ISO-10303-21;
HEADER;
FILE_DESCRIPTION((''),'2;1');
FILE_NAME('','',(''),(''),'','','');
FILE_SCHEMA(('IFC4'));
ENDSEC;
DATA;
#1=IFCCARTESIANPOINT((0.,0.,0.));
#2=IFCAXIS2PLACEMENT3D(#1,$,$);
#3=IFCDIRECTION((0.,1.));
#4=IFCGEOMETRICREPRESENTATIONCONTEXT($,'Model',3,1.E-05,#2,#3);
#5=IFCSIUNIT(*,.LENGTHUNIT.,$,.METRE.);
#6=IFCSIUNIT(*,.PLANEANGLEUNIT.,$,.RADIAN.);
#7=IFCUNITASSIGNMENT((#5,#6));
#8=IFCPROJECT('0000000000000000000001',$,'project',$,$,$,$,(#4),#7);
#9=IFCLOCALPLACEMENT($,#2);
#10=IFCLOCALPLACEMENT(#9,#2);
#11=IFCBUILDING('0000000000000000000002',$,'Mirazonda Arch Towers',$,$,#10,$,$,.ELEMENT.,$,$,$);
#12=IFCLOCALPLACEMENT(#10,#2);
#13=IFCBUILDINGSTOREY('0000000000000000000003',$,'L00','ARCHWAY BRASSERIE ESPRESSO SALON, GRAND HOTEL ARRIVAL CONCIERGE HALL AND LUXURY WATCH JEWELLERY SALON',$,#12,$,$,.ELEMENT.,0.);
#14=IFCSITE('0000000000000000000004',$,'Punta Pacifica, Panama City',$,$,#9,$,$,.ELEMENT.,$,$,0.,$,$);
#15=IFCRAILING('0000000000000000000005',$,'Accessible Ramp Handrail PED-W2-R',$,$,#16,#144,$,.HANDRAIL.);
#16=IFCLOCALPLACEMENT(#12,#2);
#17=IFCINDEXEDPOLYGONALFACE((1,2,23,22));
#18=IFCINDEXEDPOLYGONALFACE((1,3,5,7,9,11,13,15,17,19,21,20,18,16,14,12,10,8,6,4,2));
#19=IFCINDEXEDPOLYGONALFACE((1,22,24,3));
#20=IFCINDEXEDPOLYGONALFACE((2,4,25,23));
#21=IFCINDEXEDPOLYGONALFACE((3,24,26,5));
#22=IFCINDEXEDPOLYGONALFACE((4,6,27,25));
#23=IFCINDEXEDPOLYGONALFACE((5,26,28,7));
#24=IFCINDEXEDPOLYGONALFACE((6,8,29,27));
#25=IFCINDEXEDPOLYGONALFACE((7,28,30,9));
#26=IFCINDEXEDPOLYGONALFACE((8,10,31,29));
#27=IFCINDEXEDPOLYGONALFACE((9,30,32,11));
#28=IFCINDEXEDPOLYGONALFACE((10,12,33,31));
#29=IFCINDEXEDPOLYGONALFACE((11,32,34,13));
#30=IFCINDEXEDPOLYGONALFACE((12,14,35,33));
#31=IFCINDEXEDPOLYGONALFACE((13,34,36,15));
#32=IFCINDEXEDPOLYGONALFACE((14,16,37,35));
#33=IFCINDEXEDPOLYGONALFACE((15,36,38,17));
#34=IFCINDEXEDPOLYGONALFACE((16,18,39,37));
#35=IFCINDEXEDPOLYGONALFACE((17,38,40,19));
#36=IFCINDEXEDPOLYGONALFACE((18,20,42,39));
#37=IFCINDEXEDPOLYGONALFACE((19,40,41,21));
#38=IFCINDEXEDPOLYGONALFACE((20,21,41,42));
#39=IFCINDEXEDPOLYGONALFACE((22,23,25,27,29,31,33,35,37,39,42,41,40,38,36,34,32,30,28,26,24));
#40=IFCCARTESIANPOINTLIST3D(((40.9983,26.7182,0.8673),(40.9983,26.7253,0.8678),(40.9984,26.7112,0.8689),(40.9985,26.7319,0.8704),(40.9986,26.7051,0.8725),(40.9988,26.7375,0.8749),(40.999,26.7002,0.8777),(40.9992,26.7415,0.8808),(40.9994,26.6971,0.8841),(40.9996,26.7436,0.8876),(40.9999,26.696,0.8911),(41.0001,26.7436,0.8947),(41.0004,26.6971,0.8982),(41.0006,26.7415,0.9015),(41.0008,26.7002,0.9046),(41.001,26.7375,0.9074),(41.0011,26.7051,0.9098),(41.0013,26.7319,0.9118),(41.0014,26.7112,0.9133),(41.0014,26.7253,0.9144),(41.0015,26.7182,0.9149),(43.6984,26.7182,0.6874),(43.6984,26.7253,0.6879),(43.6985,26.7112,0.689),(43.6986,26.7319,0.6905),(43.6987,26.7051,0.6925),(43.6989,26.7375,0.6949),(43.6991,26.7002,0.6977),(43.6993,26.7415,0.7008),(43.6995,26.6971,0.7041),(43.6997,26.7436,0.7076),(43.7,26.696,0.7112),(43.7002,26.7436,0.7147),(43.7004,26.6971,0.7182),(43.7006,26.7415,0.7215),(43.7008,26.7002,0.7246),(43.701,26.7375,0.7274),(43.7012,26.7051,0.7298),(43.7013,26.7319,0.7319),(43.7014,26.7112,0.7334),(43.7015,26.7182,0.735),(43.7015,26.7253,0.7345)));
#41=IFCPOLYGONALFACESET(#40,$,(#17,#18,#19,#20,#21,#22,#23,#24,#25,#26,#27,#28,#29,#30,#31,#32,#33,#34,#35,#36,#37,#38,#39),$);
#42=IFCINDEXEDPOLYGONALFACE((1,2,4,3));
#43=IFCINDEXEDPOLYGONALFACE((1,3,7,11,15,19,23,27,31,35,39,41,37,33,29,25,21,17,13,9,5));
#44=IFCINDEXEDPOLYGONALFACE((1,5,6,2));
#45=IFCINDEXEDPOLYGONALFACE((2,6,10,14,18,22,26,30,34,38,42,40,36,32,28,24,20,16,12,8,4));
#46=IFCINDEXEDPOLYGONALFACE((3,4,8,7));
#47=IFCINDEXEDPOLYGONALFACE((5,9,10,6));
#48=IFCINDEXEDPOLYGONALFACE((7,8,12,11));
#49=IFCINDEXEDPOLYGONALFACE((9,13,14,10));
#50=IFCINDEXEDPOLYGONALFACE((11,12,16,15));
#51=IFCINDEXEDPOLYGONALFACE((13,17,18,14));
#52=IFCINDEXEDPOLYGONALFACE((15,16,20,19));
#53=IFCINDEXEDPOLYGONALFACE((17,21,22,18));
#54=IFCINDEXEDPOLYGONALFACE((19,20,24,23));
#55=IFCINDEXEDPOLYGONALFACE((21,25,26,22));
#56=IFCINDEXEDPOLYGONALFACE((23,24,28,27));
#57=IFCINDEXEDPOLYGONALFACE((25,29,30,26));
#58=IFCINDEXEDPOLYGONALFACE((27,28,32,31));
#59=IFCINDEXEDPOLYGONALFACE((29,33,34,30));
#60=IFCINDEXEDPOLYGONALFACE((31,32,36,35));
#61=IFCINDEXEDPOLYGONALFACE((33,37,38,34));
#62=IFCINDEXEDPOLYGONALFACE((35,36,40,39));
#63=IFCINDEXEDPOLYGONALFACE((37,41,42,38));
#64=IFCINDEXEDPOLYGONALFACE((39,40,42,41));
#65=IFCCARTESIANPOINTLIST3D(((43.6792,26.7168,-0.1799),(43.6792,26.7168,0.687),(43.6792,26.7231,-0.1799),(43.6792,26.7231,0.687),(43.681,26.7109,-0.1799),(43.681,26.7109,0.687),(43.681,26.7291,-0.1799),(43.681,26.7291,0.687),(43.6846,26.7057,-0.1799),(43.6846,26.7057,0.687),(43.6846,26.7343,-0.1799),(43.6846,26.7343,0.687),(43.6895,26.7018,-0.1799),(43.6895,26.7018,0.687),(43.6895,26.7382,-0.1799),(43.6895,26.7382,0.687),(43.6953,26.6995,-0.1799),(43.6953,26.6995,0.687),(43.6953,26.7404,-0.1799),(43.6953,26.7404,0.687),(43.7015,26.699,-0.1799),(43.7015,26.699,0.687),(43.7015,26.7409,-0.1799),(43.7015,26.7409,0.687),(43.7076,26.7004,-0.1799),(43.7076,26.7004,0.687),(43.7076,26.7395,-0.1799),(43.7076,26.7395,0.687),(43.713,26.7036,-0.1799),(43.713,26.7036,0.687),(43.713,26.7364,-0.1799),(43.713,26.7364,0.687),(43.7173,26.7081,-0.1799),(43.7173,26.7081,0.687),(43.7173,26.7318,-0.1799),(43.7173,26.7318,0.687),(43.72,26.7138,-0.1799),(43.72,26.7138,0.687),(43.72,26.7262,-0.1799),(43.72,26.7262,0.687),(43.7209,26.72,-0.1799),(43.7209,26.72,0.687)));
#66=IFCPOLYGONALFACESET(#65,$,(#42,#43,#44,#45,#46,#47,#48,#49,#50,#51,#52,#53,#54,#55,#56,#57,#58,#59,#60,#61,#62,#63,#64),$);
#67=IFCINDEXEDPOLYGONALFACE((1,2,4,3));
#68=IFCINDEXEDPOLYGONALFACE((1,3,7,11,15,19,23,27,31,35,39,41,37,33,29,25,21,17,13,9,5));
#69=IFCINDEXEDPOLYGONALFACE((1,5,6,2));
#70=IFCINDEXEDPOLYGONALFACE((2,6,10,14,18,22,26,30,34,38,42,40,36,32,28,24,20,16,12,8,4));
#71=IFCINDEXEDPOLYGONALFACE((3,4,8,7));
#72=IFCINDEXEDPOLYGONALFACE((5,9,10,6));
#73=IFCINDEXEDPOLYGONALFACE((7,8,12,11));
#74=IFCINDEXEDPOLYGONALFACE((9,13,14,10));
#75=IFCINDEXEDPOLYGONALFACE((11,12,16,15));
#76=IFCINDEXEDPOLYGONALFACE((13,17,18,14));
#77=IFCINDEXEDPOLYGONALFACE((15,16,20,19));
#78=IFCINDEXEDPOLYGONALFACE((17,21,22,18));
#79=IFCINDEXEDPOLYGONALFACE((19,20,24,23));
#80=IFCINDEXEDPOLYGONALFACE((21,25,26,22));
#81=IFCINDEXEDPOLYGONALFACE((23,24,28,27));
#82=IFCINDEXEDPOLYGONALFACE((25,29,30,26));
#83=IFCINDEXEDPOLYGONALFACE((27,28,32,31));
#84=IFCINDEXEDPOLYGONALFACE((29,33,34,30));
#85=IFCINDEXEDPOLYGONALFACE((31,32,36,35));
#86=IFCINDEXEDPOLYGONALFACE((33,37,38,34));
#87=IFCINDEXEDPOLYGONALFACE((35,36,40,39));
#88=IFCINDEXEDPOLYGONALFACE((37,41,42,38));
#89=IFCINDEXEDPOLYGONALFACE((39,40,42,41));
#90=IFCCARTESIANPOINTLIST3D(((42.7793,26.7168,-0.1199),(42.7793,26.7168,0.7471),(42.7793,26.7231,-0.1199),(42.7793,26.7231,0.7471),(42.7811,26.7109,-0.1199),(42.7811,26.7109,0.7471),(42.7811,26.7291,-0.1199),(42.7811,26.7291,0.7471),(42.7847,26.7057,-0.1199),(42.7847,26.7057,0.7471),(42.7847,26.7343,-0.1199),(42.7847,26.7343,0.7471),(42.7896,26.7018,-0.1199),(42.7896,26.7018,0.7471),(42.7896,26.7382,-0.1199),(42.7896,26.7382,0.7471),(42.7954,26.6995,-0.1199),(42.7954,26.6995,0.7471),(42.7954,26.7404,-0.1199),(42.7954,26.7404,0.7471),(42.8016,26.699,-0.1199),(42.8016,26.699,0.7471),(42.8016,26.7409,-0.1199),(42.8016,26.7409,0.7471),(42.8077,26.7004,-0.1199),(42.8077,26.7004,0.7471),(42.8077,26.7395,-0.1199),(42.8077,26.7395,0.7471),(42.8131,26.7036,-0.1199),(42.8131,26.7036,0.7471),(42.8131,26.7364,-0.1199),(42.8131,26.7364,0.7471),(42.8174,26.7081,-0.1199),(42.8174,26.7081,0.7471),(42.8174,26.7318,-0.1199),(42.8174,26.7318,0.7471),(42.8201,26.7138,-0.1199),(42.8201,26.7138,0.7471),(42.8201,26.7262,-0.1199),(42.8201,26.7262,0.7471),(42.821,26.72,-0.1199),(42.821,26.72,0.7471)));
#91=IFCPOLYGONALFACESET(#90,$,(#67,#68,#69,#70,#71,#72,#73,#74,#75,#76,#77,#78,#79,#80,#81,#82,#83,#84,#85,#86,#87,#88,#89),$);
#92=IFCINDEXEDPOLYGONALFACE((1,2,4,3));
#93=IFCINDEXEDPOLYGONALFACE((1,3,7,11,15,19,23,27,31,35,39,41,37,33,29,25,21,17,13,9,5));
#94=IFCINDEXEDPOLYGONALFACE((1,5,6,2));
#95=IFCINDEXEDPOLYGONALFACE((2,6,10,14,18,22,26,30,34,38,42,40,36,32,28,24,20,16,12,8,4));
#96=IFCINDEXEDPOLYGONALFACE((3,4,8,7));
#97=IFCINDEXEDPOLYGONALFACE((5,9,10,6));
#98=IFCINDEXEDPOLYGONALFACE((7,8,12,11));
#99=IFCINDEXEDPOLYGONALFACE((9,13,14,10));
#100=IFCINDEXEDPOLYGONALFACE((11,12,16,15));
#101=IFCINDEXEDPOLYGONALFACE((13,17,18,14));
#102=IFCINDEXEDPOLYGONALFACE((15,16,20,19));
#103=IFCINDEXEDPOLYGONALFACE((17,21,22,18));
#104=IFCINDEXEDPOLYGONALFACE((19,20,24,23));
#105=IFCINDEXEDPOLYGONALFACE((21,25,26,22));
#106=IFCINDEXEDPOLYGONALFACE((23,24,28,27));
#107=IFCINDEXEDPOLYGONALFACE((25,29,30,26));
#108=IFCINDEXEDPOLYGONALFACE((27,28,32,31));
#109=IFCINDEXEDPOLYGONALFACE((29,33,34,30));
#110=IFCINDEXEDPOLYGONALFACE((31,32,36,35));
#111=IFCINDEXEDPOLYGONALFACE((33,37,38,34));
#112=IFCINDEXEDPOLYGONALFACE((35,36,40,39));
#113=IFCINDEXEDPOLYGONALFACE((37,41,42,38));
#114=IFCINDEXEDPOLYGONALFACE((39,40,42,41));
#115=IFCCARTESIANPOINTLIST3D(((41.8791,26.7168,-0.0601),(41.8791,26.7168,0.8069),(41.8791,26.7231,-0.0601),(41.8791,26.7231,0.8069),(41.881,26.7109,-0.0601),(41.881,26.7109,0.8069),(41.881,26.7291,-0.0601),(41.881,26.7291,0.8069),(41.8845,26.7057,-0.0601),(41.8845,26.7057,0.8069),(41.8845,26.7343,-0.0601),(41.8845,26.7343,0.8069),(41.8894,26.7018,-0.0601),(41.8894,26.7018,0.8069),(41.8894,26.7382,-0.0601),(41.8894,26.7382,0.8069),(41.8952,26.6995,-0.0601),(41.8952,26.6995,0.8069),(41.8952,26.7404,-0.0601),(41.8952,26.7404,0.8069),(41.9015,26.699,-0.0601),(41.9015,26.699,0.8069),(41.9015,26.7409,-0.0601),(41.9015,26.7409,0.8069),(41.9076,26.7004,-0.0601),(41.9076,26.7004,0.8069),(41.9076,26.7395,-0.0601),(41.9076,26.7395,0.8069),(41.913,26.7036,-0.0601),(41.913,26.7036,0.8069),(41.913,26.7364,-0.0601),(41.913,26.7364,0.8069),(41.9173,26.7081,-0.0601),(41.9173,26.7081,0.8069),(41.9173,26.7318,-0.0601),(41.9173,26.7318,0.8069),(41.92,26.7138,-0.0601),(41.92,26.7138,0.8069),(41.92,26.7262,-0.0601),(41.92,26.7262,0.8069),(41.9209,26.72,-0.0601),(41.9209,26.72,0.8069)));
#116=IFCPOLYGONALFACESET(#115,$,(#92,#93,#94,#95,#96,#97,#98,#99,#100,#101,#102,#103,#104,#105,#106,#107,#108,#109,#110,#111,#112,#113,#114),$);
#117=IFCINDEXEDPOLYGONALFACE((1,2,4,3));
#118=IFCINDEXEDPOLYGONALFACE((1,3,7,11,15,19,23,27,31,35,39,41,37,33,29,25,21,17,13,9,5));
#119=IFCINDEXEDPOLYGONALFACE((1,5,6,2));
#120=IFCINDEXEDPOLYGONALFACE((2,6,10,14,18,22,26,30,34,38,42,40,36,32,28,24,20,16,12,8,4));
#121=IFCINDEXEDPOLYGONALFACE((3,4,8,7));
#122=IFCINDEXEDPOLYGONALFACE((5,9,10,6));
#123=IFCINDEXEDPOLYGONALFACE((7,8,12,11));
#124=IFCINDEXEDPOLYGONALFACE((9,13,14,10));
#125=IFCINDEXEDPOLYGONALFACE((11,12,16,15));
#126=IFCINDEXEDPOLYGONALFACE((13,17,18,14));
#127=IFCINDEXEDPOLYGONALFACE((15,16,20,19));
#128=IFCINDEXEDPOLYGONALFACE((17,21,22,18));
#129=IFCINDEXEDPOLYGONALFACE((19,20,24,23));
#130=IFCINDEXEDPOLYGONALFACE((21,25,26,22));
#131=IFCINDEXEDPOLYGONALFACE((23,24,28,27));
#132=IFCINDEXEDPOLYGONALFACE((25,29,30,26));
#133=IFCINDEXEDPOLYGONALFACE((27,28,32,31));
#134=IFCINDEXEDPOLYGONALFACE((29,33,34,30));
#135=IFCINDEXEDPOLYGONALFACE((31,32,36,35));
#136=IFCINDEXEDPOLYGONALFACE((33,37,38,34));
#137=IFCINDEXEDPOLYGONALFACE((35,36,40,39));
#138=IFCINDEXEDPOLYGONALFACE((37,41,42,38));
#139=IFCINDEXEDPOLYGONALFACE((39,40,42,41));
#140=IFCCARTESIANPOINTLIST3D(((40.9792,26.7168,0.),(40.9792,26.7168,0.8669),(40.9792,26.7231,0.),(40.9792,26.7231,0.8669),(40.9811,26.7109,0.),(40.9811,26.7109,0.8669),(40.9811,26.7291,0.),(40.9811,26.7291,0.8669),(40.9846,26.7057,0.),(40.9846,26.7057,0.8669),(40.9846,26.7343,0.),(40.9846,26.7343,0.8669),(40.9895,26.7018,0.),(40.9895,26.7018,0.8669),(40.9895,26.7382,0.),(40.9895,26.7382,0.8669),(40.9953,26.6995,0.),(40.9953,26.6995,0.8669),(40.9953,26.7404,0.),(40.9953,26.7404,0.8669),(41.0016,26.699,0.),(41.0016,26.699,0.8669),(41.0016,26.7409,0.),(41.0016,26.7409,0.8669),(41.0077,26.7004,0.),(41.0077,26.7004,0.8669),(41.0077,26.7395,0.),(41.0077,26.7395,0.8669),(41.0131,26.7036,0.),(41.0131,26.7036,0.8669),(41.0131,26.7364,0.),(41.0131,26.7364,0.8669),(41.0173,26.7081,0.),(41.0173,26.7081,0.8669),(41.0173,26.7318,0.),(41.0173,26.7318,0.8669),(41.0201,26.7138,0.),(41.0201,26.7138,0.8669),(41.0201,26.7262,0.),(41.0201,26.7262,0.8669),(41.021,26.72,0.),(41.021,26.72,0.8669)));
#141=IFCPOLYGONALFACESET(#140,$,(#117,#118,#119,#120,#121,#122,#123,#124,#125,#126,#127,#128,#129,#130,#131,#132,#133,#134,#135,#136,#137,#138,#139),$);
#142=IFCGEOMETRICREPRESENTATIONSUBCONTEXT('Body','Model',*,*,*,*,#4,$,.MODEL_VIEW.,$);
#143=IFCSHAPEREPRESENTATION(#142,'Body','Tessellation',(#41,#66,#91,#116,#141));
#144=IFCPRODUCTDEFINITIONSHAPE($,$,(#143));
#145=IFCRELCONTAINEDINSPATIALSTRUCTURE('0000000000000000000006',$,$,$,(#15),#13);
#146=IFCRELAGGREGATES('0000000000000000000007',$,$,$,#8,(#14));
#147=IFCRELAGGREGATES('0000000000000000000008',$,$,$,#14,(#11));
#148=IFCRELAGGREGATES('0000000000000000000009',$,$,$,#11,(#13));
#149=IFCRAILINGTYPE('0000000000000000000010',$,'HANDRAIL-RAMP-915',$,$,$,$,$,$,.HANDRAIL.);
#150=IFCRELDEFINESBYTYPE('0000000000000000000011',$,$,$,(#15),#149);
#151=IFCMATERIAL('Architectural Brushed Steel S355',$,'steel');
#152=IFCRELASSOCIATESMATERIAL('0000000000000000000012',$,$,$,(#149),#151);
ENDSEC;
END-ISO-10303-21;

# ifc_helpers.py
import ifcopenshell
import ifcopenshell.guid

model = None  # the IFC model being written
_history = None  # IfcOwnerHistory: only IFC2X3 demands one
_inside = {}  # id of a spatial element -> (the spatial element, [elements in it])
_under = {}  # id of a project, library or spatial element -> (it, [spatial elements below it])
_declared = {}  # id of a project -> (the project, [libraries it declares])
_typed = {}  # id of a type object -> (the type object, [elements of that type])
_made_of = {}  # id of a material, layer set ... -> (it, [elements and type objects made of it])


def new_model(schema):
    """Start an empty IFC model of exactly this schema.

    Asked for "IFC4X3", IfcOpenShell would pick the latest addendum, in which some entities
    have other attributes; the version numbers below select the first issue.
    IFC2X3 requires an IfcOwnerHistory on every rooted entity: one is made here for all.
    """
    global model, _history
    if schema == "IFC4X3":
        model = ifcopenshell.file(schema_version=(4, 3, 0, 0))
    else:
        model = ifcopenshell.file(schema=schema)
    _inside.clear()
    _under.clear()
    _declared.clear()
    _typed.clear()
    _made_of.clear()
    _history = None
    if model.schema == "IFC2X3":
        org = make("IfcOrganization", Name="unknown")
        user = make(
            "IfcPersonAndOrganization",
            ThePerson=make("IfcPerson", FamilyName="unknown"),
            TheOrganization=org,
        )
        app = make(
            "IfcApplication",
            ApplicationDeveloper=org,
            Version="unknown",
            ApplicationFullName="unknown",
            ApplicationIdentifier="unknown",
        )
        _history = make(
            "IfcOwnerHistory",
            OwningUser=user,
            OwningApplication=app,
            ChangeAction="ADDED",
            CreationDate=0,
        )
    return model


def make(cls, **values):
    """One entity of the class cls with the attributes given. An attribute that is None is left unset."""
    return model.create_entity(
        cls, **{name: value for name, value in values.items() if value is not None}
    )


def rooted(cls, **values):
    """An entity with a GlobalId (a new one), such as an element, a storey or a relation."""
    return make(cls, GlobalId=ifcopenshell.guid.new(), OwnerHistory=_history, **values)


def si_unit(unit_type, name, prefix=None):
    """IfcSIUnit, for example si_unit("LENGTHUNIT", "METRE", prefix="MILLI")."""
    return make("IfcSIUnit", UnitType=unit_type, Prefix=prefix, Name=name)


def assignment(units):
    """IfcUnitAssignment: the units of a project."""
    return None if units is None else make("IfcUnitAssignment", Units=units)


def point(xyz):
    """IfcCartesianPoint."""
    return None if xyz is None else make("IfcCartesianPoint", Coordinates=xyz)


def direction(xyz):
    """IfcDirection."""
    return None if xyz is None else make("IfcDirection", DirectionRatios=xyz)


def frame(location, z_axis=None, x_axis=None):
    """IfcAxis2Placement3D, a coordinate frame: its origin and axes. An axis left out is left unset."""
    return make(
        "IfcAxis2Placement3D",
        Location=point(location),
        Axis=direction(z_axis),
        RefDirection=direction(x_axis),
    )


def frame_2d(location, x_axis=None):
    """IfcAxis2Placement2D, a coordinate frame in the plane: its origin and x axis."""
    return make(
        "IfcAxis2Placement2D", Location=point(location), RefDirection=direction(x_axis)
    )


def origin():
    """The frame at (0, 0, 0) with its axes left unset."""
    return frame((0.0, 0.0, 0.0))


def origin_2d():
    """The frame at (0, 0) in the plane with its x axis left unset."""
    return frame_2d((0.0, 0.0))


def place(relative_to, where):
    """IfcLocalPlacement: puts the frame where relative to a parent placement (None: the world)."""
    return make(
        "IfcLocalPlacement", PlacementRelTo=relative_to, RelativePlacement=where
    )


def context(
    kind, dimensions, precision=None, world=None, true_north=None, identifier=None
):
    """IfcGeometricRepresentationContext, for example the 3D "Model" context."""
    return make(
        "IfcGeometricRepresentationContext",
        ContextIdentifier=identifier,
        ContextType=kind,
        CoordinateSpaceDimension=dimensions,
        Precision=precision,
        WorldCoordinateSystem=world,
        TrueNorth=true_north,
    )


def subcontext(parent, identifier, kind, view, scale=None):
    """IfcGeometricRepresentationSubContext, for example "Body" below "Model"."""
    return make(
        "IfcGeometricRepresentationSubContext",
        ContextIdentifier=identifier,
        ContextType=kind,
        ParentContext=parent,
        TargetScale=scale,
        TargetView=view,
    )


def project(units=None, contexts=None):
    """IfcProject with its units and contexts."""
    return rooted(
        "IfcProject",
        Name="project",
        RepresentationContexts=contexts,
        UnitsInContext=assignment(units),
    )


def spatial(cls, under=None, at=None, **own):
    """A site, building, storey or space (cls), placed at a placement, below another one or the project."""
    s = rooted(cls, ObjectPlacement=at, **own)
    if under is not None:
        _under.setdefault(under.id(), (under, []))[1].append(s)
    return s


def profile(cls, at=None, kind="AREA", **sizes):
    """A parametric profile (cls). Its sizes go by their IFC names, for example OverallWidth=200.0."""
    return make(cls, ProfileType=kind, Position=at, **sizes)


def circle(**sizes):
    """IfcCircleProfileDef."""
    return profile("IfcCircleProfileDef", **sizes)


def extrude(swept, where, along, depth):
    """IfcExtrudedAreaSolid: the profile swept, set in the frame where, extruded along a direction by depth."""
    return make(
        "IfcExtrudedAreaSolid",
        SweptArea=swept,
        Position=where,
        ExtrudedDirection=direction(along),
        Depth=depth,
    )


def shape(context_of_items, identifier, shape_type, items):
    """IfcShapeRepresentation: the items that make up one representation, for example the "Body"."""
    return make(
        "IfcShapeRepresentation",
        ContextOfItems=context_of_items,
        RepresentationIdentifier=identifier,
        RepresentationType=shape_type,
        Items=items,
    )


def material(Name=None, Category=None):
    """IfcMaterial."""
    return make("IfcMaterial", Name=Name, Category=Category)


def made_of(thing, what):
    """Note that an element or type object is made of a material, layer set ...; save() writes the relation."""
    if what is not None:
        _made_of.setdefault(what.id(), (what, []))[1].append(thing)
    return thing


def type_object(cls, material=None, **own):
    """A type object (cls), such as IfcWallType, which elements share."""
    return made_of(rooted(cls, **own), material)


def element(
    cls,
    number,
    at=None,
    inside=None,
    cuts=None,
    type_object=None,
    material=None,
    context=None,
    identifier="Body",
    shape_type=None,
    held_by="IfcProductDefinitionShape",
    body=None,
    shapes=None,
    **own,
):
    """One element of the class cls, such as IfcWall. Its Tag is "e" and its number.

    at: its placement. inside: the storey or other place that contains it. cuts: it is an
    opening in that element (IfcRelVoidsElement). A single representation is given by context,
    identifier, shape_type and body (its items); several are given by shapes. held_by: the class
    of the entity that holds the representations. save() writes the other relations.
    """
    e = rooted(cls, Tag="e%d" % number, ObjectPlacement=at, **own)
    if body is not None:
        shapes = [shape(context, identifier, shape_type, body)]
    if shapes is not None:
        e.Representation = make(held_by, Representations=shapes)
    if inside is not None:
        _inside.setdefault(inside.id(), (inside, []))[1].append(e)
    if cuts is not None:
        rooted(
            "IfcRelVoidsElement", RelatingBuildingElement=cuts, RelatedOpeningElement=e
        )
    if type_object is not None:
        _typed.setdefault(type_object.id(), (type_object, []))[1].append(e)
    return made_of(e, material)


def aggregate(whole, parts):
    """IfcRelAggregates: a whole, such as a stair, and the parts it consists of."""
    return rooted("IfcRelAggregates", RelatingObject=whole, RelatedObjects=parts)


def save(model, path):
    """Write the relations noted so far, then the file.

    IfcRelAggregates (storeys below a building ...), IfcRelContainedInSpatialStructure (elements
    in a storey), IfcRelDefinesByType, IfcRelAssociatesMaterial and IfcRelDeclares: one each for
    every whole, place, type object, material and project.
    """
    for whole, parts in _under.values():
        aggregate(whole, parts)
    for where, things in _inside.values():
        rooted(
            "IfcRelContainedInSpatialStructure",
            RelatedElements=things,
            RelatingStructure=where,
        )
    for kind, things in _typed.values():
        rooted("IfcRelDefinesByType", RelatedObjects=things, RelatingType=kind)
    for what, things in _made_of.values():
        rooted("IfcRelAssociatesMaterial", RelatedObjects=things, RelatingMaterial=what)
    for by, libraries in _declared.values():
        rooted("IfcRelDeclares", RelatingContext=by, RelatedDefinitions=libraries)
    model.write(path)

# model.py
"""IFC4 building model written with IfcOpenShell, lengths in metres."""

from ifc_helpers import new_model, si_unit, direction, frame, origin, origin_2d, place, context, subcontext, project, spatial, circle, extrude, material, type_object, element, save


model = new_model("IFC4")

# Units and contexts
model_context = context("Model", 3, precision=1e-05, world=origin(), true_north=direction((0.0, 1.0)))
body_context = subcontext(model_context, "Body", "Model", "MODEL_VIEW")
ifc_project = project(units=[si_unit("LENGTHUNIT", "METRE"), si_unit("PLANEANGLEUNIT", "RADIAN")], contexts=[model_context])

# Site, building, storey
site_placement = place(None, origin())
site = spatial("IfcSite", under=ifc_project, at=site_placement, Name="Punta Pacifica, Panama City", CompositionType="ELEMENT", RefElevation=0.0)
building_placement = place(site_placement, origin())
building = spatial("IfcBuilding", under=site, at=building_placement, Name="Mirazonda Arch Towers", CompositionType="ELEMENT")
storey_placement = place(building_placement, origin())
storey = spatial("IfcBuildingStorey", under=building, at=storey_placement, Name="L00", Description="ARCHWAY BRASSERIE ESPRESSO SALON, GRAND HOTEL ARRIVAL CONCIERGE HALL AND LUXURY WATCH JEWELLERY SALON", CompositionType="ELEMENT", Elevation=0.0)

# Railing
ifc_material_1 = material(Name="Architectural Brushed Steel S355", Category="steel")
railing_type_1 = type_object("IfcRailingType", Name="HANDRAIL-RAMP-915", PredefinedType="HANDRAIL", material=ifc_material_1)
for number, where, name in (
    (1, (43.7, 26.72, -0.1799), "Accessible Ramp Handrail PED-W2-R"),
):
    element("IfcRailing", number, at=place(storey_placement, frame(where)), inside=storey, type_object=railing_type_1, Name=name, PredefinedType="HANDRAIL", context=body_context, shape_type="SweptSolid", body=[
        extrude(circle(Radius=0.0239, at=origin_2d()), frame((0.0, 0.0, 0.8911), z_axis=(-0.997787, 0.0, 0.066495), x_axis=(0.0, -1.0, 0.0)), (0.0, 0.0, 1.0), 2.7061),
        extrude(circle(Radius=0.021, at=origin_2d()), origin(), (0.0, 0.0, 1.0), 0.8669),
        extrude(circle(Radius=0.021, at=origin_2d()), frame((-0.8999, 0.0, 0.0601)), (0.0, 0.0, 1.0), 0.8669),
        extrude(circle(Radius=0.021, at=origin_2d()), frame((-1.8, 0.0, 0.1199)), (0.0, 0.0, 1.0), 0.8669),
        extrude(circle(Radius=0.021, at=origin_2d()), frame((-2.7, 0.0, 0.1799)), (0.0, 0.0, 1.0), 0.8669),
    ])

save(model, "model.ifc")
